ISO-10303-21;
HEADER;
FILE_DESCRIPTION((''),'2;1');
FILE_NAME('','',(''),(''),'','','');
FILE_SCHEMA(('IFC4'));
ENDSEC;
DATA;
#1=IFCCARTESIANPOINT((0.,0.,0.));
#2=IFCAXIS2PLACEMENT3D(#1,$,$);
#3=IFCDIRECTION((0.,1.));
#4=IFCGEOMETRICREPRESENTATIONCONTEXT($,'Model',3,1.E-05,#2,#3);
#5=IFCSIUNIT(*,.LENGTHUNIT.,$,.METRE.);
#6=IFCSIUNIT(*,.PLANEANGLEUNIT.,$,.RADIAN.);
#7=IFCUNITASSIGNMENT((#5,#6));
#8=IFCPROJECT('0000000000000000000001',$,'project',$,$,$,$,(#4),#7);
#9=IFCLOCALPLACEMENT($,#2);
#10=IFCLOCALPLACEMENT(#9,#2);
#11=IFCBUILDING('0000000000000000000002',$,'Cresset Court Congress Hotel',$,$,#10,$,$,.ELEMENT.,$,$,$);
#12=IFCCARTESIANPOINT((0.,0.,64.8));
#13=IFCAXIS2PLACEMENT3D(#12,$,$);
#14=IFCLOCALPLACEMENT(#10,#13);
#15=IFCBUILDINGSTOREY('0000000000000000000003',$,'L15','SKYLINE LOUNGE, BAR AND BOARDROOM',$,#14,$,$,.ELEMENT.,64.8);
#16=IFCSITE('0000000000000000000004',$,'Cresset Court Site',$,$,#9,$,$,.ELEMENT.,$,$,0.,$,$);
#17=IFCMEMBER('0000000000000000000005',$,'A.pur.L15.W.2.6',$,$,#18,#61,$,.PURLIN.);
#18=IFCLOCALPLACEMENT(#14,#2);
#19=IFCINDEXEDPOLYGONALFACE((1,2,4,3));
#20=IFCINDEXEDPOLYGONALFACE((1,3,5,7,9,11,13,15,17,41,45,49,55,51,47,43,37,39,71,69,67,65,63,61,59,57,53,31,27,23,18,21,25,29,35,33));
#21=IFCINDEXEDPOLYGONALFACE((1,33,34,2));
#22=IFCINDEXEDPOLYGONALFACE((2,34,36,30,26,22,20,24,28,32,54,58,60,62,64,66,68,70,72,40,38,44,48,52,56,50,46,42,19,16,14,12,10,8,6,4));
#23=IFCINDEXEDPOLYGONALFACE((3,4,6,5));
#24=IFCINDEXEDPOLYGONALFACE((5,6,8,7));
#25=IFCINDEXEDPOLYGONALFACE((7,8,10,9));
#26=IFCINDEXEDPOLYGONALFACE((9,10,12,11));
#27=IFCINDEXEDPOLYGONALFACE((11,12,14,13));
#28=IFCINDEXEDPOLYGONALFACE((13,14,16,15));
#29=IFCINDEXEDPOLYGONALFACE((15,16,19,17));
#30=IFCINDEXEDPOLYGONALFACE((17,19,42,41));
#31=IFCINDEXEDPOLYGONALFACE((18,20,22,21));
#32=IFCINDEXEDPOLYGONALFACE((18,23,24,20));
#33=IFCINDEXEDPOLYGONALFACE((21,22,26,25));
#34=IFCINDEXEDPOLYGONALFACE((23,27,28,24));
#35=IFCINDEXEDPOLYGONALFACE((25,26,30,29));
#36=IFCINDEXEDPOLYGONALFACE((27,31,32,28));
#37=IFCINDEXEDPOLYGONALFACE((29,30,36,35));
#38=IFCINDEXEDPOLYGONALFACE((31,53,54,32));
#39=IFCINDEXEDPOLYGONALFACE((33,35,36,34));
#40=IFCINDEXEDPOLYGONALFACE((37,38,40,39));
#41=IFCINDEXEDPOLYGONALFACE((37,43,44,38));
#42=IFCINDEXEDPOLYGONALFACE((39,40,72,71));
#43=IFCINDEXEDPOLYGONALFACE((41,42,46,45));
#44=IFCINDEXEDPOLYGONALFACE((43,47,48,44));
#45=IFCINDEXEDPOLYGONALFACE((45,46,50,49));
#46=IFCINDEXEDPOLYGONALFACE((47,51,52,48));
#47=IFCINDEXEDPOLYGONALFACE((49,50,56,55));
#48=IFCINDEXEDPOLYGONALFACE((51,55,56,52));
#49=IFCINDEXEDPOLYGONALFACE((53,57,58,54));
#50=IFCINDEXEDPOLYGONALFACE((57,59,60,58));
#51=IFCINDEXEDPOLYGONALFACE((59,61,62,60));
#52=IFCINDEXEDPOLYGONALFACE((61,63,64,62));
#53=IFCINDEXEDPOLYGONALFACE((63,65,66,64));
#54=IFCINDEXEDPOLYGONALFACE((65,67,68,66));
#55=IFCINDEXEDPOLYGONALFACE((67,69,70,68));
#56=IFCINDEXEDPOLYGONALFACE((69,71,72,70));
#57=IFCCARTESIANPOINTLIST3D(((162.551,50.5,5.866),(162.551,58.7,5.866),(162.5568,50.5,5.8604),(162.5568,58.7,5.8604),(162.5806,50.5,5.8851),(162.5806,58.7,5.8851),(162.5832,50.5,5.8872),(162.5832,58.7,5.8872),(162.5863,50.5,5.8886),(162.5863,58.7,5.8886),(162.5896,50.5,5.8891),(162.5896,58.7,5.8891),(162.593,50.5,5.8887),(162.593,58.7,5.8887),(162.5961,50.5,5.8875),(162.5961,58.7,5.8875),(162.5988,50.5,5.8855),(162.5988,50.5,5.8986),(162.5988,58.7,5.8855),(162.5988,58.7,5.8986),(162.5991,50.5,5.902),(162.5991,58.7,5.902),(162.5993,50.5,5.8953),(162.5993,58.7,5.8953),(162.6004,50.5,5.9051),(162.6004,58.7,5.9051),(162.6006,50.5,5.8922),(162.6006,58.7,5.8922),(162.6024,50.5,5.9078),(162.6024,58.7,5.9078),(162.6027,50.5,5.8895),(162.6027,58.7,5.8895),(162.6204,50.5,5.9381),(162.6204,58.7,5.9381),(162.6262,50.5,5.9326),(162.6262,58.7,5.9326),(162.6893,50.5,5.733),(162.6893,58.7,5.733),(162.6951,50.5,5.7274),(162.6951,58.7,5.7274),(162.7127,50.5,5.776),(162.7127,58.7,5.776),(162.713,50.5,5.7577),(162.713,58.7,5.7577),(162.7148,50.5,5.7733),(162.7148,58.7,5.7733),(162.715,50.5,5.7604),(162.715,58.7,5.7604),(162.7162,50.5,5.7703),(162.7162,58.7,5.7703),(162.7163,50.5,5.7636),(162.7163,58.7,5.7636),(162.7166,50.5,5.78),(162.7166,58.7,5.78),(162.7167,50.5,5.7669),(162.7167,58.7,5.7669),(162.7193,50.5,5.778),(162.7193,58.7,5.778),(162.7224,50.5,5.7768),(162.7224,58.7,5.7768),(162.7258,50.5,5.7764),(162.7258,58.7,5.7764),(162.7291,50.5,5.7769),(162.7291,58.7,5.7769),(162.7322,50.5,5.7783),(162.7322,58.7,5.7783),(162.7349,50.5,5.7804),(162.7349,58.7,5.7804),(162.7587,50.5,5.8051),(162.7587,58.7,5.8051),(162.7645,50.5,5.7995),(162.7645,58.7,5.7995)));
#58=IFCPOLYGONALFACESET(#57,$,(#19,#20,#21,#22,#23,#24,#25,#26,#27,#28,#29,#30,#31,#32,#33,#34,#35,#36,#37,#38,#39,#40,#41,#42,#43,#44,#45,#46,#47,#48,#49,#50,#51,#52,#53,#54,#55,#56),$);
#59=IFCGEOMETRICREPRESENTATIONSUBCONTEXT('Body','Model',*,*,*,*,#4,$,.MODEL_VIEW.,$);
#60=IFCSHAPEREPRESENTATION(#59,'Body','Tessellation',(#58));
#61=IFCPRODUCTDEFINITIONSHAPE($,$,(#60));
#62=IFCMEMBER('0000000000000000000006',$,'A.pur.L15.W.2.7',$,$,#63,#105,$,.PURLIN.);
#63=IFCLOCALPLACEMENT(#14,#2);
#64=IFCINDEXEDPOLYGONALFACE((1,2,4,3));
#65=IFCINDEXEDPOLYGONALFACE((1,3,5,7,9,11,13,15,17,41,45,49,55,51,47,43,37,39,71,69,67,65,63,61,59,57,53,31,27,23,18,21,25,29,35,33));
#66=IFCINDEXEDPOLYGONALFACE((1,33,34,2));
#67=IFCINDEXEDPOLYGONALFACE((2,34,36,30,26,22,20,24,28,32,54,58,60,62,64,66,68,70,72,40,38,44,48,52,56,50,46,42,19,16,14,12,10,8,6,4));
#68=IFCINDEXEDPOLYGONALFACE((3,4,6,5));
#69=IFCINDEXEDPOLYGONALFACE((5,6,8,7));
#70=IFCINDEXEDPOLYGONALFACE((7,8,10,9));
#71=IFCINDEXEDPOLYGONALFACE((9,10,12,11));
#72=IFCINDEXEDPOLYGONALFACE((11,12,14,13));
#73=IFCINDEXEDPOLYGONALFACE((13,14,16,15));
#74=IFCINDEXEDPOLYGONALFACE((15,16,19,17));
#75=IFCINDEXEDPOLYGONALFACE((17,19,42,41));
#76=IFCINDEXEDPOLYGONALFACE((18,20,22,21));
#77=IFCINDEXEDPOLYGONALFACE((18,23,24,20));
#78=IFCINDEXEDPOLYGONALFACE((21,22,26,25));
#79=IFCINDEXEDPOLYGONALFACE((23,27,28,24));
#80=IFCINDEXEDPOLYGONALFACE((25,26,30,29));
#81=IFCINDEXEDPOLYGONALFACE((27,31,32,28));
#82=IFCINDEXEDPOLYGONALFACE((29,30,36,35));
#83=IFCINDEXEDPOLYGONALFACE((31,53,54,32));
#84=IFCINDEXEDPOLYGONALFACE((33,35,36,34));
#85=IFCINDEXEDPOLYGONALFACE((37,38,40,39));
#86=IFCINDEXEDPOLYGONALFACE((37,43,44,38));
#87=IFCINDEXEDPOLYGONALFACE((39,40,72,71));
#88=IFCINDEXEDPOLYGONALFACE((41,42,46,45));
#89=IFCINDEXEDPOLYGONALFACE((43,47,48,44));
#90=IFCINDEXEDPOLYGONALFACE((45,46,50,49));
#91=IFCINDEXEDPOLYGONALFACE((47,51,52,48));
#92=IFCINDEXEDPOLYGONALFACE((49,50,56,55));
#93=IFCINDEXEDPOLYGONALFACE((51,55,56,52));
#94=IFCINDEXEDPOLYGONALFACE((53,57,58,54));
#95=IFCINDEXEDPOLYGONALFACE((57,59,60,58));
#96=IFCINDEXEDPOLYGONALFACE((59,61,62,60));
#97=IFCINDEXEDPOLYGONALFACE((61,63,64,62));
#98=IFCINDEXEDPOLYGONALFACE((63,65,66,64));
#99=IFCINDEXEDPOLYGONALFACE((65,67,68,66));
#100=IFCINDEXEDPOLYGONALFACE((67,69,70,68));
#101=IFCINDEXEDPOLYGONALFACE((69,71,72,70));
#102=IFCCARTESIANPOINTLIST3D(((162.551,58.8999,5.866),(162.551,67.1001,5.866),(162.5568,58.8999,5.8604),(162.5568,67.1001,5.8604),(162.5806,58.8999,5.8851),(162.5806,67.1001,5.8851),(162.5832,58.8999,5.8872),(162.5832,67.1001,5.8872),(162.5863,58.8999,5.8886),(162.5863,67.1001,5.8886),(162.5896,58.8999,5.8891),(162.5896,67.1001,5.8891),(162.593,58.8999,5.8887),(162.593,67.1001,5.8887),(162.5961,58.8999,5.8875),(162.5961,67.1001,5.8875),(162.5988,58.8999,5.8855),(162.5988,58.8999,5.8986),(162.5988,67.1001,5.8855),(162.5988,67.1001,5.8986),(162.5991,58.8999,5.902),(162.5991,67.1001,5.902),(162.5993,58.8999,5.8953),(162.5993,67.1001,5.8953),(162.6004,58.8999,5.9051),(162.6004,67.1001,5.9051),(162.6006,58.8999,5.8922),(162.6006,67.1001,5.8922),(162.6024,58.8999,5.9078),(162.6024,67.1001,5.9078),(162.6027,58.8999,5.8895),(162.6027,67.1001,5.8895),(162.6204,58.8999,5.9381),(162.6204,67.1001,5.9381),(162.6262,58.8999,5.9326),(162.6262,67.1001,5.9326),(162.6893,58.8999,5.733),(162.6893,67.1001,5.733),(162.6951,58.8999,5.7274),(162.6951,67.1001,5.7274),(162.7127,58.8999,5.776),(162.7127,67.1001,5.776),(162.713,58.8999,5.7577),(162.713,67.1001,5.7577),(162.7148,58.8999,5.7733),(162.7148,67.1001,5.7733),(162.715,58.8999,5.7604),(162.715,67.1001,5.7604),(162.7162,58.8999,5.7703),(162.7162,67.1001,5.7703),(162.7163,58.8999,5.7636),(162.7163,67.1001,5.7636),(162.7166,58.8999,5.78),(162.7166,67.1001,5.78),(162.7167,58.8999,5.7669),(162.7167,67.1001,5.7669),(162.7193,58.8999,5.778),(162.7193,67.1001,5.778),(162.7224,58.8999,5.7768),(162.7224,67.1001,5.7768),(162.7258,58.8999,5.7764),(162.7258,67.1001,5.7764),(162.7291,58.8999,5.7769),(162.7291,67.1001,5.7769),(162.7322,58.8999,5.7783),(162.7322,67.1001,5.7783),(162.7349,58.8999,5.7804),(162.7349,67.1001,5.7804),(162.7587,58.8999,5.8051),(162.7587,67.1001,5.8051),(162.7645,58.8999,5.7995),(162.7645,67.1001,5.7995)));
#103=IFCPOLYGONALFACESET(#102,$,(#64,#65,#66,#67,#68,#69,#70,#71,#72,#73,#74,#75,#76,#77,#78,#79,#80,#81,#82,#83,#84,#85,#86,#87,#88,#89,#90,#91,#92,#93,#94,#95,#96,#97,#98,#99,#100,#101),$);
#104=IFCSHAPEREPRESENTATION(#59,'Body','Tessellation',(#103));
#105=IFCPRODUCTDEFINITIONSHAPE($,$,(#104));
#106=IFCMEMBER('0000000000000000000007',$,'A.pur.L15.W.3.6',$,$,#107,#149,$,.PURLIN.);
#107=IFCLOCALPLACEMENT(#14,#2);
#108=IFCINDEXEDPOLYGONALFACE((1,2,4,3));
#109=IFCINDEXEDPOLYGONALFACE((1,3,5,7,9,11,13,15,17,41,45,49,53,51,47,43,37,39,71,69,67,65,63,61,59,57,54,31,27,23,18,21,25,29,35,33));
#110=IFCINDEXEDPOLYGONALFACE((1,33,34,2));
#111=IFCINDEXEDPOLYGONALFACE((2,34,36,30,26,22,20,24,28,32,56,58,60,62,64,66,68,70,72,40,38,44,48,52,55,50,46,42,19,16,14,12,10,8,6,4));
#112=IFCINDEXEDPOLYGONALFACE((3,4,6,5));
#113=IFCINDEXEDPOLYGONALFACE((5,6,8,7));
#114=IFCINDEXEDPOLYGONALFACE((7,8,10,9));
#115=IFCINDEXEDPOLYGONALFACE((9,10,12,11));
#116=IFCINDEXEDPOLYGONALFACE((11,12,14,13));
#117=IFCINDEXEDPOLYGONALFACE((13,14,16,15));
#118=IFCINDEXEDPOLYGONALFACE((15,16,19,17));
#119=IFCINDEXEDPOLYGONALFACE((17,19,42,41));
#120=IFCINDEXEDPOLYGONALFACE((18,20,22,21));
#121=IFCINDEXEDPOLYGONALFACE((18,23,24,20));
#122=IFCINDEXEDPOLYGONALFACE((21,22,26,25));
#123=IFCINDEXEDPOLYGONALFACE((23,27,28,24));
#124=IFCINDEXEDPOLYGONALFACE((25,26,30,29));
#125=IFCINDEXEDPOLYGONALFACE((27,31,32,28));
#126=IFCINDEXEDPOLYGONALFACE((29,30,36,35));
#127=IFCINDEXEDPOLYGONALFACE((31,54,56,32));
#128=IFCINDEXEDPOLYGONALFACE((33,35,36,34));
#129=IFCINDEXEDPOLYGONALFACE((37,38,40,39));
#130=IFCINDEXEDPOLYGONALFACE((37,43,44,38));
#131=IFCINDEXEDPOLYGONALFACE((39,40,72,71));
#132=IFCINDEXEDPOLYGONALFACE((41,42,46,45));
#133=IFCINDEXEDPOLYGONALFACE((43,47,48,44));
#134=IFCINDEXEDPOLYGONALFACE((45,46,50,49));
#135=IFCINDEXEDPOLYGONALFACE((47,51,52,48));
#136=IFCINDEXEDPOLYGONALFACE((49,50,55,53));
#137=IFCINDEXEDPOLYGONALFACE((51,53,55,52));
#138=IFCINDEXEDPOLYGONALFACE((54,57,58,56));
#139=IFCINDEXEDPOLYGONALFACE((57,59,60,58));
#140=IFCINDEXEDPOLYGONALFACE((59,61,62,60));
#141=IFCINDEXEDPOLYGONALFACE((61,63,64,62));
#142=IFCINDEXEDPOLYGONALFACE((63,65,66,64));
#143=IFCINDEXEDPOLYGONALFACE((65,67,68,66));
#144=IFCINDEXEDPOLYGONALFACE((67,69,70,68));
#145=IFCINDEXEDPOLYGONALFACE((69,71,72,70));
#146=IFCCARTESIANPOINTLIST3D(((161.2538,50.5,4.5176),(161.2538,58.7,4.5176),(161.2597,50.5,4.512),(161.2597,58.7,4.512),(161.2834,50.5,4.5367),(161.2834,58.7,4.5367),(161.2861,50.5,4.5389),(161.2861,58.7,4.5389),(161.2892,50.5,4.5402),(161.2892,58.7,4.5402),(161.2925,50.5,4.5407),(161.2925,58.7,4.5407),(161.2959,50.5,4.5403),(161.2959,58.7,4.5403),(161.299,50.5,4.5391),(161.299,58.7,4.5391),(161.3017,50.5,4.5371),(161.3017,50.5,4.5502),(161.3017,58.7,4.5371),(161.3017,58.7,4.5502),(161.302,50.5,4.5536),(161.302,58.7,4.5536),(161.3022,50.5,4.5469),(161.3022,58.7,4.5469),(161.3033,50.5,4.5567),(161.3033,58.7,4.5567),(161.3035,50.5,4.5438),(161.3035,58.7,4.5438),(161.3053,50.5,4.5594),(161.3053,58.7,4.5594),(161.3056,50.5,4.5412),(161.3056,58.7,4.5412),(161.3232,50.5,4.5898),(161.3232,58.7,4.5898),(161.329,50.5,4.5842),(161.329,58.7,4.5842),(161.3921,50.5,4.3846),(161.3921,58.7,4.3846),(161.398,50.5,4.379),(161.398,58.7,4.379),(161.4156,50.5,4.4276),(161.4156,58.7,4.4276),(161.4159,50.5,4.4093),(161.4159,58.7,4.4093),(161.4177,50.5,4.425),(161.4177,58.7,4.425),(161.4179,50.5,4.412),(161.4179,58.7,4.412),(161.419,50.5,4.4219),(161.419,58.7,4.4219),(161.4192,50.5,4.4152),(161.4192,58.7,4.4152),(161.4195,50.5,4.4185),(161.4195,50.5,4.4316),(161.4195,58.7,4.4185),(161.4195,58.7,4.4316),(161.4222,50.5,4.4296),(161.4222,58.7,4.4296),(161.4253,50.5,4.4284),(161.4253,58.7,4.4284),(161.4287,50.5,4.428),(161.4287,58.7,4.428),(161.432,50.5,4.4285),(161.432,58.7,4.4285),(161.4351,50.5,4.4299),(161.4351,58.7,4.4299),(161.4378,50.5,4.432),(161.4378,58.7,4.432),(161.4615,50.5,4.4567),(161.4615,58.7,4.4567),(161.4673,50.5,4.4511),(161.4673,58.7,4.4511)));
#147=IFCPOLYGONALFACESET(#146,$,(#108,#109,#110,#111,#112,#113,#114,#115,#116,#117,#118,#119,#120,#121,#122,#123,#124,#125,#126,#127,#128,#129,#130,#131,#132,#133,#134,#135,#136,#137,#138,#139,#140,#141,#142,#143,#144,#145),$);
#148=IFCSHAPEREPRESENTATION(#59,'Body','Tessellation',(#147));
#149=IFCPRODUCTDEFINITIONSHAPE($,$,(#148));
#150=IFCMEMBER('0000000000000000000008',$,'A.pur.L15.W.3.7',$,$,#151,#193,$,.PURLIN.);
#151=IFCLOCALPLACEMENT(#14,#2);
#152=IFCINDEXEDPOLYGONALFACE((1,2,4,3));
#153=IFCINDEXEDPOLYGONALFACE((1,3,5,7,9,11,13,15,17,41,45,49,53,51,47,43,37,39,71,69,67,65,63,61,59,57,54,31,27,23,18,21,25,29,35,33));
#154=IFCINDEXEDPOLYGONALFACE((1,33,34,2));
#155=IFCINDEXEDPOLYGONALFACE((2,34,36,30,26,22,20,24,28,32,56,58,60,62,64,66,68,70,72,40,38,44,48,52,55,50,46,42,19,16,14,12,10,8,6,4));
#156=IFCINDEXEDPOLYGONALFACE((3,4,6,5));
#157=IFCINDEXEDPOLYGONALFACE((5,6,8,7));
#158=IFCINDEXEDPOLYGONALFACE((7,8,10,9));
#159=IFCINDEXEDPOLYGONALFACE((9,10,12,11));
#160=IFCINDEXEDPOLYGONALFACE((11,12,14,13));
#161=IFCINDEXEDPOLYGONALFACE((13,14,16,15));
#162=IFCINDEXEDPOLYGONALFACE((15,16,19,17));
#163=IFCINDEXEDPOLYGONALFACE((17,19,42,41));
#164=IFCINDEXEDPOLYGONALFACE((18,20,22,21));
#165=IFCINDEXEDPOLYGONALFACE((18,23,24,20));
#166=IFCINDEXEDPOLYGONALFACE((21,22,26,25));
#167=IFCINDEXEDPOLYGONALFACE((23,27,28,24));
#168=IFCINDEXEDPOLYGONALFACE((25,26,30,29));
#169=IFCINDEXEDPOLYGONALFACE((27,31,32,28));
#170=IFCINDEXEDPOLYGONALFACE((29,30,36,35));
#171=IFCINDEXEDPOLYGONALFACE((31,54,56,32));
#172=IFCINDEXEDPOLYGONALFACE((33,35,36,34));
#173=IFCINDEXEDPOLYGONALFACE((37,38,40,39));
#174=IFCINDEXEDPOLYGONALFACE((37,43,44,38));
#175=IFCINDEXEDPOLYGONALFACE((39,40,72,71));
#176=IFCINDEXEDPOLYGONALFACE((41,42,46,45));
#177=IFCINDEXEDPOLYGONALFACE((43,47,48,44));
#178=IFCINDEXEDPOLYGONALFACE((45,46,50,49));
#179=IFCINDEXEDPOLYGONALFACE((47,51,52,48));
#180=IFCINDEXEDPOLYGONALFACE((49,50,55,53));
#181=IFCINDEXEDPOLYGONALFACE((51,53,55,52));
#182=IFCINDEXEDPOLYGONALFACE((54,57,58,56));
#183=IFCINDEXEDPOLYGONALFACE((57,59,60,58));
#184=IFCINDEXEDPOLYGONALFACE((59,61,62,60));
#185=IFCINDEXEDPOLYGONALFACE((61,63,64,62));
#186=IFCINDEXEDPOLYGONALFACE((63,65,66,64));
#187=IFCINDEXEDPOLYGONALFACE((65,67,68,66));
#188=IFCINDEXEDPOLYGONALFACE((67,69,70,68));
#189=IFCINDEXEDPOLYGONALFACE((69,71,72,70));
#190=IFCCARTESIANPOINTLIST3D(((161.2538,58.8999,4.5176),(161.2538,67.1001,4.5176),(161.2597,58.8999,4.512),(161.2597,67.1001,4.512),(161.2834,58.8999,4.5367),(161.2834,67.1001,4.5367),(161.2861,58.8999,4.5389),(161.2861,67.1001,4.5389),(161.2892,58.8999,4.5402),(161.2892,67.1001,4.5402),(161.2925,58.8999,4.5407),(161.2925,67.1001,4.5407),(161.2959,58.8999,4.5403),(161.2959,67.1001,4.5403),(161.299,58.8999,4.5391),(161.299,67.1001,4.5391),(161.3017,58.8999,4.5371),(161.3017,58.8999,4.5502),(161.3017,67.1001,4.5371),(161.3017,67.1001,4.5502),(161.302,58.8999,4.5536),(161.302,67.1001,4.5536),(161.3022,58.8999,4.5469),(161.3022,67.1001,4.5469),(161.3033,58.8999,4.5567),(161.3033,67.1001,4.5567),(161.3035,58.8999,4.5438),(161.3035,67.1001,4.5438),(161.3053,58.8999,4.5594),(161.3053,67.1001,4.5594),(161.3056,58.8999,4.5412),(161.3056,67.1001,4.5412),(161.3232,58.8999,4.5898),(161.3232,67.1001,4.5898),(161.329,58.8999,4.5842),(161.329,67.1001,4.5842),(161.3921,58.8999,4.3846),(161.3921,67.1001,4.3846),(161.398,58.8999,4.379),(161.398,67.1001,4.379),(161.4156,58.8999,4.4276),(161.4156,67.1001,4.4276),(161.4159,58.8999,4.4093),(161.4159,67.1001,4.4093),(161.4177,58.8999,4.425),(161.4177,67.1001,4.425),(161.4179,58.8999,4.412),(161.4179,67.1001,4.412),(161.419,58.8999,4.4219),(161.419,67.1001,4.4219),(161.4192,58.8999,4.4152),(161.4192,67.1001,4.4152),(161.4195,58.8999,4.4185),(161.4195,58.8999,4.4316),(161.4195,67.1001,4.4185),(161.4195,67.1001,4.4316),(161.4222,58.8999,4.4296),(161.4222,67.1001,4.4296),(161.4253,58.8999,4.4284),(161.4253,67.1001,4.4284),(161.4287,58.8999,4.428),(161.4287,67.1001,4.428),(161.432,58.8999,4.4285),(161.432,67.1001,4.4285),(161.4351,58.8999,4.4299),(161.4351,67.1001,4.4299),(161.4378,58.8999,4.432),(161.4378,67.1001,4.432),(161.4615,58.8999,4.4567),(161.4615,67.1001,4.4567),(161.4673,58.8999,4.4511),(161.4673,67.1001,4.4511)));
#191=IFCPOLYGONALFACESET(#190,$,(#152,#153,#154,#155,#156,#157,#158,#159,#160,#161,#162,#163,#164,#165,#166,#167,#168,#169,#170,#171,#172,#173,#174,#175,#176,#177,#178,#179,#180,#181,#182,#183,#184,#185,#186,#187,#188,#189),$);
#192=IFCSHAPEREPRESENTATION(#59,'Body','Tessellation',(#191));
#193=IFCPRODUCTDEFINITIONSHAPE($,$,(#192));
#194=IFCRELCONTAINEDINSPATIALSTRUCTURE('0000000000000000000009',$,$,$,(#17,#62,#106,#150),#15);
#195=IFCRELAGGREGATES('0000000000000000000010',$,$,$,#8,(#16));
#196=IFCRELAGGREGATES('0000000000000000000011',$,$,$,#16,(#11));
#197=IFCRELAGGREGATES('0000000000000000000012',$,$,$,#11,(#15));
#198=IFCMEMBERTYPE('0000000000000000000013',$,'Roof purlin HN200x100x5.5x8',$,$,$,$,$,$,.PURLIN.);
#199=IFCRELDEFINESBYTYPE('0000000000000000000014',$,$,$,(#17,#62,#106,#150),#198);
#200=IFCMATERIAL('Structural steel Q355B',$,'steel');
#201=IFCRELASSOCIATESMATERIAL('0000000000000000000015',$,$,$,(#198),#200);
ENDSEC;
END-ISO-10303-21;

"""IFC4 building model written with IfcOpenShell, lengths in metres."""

from ifc_helpers import new_model, si_unit, direction, frame, origin, origin_2d, place, context, subcontext, project, spatial, i_section, extrude, material, material_profile, profile_set, type_object, element, save


model = new_model("IFC4")

# Units and contexts
model_context = context("Model", 3, precision=1e-05, world=origin(), true_north=direction((0.0, 1.0)))
body_context = subcontext(model_context, "Body", "Model", "MODEL_VIEW")
ifc_project = project(units=[si_unit("LENGTHUNIT", "METRE"), si_unit("PLANEANGLEUNIT", "RADIAN")], contexts=[model_context])

# Site, building, storey
site_placement = place(None, origin())
site = spatial("IfcSite", under=ifc_project, at=site_placement, Name="Cresset Court Site", CompositionType="ELEMENT", RefElevation=0.0)
building_placement = place(site_placement, origin())
building = spatial("IfcBuilding", under=site, at=building_placement, Name="Cresset Court Congress Hotel", CompositionType="ELEMENT")
storey_placement = place(building_placement, frame((0.0, 0.0, 64.8)))
storey = spatial("IfcBuildingStorey", under=building, at=storey_placement, Name="L15", Description="SKYLINE LOUNGE, BAR AND BOARDROOM", CompositionType="ELEMENT", Elevation=64.8)

# Members
ifc_material_1 = material(Name="Structural steel Q355B", Category="steel")
ifc_material_profile_1 = material_profile(ifc_material_1, i_section(OverallWidth=0.1001, OverallDepth=0.2, WebThickness=0.0056, FlangeThickness=0.0081, FilletRadius=0.0129, at=origin_2d()), Name="HN200x100x5.5x8")
ifc_profile_set_1 = profile_set([ifc_material_profile_1], Name="Structural steel Q355B")
member_type_1 = type_object("IfcMemberType", Name="Roof purlin HN200x100x5.5x8", PredefinedType="PURLIN", material=ifc_profile_set_1)
member_1_placement = place(storey_placement, frame((162.6577, 50.5, 5.8328), z_axis=(0.0, 1.0, 0.0), x_axis=(-0.693246, 0.0, -0.720701)))
element("IfcMember", 1, at=member_1_placement, inside=storey, type_object=member_type_1, Name="A.pur.L15.W.2.6", PredefinedType="PURLIN", context=body_context, shape_type="SweptSolid", body=[
    extrude(i_section(OverallWidth=0.1001, OverallDepth=0.2, WebThickness=0.0056, FlangeThickness=0.0081, FilletRadius=0.0129, at=origin_2d()), origin(), (0.0, 0.0, 1.0), 8.2),
])
member_2_placement = place(storey_placement, frame((162.6577, 58.8999, 5.8328), z_axis=(0.0, 1.0, 0.0), x_axis=(-0.693246, 0.0, -0.720701)))
element("IfcMember", 2, at=member_2_placement, inside=storey, type_object=member_type_1, Name="A.pur.L15.W.2.7", PredefinedType="PURLIN", context=body_context, shape_type="SweptSolid", body=[
    extrude(i_section(OverallWidth=0.1001, OverallDepth=0.2, WebThickness=0.0056, FlangeThickness=0.0081, FilletRadius=0.0129, at=origin_2d()), origin(), (0.0, 0.0, 1.0), 8.2002),
])
member_3_placement = place(storey_placement, frame((161.3606, 50.5, 4.4844), z_axis=(0.0, 1.0, 0.0), x_axis=(-0.693246, 0.0, -0.720701)))
element("IfcMember", 3, at=member_3_placement, inside=storey, type_object=member_type_1, Name="A.pur.L15.W.3.6", PredefinedType="PURLIN", context=body_context, shape_type="SweptSolid", body=[
    extrude(i_section(OverallWidth=0.1001, OverallDepth=0.2, WebThickness=0.0056, FlangeThickness=0.0081, FilletRadius=0.0129, at=origin_2d()), origin(), (0.0, 0.0, 1.0), 8.2),
])
member_4_placement = place(storey_placement, frame((161.3606, 58.8999, 4.4844), z_axis=(0.0, 1.0, 0.0), x_axis=(-0.693246, 0.0, -0.720701)))
element("IfcMember", 4, at=member_4_placement, inside=storey, type_object=member_type_1, Name="A.pur.L15.W.3.7", PredefinedType="PURLIN", context=body_context, shape_type="SweptSolid", body=[
    extrude(i_section(OverallWidth=0.1001, OverallDepth=0.2, WebThickness=0.0056, FlangeThickness=0.0081, FilletRadius=0.0129, at=origin_2d()), origin(), (0.0, 0.0, 1.0), 8.2002),
])

save(model, "model.ifc")
